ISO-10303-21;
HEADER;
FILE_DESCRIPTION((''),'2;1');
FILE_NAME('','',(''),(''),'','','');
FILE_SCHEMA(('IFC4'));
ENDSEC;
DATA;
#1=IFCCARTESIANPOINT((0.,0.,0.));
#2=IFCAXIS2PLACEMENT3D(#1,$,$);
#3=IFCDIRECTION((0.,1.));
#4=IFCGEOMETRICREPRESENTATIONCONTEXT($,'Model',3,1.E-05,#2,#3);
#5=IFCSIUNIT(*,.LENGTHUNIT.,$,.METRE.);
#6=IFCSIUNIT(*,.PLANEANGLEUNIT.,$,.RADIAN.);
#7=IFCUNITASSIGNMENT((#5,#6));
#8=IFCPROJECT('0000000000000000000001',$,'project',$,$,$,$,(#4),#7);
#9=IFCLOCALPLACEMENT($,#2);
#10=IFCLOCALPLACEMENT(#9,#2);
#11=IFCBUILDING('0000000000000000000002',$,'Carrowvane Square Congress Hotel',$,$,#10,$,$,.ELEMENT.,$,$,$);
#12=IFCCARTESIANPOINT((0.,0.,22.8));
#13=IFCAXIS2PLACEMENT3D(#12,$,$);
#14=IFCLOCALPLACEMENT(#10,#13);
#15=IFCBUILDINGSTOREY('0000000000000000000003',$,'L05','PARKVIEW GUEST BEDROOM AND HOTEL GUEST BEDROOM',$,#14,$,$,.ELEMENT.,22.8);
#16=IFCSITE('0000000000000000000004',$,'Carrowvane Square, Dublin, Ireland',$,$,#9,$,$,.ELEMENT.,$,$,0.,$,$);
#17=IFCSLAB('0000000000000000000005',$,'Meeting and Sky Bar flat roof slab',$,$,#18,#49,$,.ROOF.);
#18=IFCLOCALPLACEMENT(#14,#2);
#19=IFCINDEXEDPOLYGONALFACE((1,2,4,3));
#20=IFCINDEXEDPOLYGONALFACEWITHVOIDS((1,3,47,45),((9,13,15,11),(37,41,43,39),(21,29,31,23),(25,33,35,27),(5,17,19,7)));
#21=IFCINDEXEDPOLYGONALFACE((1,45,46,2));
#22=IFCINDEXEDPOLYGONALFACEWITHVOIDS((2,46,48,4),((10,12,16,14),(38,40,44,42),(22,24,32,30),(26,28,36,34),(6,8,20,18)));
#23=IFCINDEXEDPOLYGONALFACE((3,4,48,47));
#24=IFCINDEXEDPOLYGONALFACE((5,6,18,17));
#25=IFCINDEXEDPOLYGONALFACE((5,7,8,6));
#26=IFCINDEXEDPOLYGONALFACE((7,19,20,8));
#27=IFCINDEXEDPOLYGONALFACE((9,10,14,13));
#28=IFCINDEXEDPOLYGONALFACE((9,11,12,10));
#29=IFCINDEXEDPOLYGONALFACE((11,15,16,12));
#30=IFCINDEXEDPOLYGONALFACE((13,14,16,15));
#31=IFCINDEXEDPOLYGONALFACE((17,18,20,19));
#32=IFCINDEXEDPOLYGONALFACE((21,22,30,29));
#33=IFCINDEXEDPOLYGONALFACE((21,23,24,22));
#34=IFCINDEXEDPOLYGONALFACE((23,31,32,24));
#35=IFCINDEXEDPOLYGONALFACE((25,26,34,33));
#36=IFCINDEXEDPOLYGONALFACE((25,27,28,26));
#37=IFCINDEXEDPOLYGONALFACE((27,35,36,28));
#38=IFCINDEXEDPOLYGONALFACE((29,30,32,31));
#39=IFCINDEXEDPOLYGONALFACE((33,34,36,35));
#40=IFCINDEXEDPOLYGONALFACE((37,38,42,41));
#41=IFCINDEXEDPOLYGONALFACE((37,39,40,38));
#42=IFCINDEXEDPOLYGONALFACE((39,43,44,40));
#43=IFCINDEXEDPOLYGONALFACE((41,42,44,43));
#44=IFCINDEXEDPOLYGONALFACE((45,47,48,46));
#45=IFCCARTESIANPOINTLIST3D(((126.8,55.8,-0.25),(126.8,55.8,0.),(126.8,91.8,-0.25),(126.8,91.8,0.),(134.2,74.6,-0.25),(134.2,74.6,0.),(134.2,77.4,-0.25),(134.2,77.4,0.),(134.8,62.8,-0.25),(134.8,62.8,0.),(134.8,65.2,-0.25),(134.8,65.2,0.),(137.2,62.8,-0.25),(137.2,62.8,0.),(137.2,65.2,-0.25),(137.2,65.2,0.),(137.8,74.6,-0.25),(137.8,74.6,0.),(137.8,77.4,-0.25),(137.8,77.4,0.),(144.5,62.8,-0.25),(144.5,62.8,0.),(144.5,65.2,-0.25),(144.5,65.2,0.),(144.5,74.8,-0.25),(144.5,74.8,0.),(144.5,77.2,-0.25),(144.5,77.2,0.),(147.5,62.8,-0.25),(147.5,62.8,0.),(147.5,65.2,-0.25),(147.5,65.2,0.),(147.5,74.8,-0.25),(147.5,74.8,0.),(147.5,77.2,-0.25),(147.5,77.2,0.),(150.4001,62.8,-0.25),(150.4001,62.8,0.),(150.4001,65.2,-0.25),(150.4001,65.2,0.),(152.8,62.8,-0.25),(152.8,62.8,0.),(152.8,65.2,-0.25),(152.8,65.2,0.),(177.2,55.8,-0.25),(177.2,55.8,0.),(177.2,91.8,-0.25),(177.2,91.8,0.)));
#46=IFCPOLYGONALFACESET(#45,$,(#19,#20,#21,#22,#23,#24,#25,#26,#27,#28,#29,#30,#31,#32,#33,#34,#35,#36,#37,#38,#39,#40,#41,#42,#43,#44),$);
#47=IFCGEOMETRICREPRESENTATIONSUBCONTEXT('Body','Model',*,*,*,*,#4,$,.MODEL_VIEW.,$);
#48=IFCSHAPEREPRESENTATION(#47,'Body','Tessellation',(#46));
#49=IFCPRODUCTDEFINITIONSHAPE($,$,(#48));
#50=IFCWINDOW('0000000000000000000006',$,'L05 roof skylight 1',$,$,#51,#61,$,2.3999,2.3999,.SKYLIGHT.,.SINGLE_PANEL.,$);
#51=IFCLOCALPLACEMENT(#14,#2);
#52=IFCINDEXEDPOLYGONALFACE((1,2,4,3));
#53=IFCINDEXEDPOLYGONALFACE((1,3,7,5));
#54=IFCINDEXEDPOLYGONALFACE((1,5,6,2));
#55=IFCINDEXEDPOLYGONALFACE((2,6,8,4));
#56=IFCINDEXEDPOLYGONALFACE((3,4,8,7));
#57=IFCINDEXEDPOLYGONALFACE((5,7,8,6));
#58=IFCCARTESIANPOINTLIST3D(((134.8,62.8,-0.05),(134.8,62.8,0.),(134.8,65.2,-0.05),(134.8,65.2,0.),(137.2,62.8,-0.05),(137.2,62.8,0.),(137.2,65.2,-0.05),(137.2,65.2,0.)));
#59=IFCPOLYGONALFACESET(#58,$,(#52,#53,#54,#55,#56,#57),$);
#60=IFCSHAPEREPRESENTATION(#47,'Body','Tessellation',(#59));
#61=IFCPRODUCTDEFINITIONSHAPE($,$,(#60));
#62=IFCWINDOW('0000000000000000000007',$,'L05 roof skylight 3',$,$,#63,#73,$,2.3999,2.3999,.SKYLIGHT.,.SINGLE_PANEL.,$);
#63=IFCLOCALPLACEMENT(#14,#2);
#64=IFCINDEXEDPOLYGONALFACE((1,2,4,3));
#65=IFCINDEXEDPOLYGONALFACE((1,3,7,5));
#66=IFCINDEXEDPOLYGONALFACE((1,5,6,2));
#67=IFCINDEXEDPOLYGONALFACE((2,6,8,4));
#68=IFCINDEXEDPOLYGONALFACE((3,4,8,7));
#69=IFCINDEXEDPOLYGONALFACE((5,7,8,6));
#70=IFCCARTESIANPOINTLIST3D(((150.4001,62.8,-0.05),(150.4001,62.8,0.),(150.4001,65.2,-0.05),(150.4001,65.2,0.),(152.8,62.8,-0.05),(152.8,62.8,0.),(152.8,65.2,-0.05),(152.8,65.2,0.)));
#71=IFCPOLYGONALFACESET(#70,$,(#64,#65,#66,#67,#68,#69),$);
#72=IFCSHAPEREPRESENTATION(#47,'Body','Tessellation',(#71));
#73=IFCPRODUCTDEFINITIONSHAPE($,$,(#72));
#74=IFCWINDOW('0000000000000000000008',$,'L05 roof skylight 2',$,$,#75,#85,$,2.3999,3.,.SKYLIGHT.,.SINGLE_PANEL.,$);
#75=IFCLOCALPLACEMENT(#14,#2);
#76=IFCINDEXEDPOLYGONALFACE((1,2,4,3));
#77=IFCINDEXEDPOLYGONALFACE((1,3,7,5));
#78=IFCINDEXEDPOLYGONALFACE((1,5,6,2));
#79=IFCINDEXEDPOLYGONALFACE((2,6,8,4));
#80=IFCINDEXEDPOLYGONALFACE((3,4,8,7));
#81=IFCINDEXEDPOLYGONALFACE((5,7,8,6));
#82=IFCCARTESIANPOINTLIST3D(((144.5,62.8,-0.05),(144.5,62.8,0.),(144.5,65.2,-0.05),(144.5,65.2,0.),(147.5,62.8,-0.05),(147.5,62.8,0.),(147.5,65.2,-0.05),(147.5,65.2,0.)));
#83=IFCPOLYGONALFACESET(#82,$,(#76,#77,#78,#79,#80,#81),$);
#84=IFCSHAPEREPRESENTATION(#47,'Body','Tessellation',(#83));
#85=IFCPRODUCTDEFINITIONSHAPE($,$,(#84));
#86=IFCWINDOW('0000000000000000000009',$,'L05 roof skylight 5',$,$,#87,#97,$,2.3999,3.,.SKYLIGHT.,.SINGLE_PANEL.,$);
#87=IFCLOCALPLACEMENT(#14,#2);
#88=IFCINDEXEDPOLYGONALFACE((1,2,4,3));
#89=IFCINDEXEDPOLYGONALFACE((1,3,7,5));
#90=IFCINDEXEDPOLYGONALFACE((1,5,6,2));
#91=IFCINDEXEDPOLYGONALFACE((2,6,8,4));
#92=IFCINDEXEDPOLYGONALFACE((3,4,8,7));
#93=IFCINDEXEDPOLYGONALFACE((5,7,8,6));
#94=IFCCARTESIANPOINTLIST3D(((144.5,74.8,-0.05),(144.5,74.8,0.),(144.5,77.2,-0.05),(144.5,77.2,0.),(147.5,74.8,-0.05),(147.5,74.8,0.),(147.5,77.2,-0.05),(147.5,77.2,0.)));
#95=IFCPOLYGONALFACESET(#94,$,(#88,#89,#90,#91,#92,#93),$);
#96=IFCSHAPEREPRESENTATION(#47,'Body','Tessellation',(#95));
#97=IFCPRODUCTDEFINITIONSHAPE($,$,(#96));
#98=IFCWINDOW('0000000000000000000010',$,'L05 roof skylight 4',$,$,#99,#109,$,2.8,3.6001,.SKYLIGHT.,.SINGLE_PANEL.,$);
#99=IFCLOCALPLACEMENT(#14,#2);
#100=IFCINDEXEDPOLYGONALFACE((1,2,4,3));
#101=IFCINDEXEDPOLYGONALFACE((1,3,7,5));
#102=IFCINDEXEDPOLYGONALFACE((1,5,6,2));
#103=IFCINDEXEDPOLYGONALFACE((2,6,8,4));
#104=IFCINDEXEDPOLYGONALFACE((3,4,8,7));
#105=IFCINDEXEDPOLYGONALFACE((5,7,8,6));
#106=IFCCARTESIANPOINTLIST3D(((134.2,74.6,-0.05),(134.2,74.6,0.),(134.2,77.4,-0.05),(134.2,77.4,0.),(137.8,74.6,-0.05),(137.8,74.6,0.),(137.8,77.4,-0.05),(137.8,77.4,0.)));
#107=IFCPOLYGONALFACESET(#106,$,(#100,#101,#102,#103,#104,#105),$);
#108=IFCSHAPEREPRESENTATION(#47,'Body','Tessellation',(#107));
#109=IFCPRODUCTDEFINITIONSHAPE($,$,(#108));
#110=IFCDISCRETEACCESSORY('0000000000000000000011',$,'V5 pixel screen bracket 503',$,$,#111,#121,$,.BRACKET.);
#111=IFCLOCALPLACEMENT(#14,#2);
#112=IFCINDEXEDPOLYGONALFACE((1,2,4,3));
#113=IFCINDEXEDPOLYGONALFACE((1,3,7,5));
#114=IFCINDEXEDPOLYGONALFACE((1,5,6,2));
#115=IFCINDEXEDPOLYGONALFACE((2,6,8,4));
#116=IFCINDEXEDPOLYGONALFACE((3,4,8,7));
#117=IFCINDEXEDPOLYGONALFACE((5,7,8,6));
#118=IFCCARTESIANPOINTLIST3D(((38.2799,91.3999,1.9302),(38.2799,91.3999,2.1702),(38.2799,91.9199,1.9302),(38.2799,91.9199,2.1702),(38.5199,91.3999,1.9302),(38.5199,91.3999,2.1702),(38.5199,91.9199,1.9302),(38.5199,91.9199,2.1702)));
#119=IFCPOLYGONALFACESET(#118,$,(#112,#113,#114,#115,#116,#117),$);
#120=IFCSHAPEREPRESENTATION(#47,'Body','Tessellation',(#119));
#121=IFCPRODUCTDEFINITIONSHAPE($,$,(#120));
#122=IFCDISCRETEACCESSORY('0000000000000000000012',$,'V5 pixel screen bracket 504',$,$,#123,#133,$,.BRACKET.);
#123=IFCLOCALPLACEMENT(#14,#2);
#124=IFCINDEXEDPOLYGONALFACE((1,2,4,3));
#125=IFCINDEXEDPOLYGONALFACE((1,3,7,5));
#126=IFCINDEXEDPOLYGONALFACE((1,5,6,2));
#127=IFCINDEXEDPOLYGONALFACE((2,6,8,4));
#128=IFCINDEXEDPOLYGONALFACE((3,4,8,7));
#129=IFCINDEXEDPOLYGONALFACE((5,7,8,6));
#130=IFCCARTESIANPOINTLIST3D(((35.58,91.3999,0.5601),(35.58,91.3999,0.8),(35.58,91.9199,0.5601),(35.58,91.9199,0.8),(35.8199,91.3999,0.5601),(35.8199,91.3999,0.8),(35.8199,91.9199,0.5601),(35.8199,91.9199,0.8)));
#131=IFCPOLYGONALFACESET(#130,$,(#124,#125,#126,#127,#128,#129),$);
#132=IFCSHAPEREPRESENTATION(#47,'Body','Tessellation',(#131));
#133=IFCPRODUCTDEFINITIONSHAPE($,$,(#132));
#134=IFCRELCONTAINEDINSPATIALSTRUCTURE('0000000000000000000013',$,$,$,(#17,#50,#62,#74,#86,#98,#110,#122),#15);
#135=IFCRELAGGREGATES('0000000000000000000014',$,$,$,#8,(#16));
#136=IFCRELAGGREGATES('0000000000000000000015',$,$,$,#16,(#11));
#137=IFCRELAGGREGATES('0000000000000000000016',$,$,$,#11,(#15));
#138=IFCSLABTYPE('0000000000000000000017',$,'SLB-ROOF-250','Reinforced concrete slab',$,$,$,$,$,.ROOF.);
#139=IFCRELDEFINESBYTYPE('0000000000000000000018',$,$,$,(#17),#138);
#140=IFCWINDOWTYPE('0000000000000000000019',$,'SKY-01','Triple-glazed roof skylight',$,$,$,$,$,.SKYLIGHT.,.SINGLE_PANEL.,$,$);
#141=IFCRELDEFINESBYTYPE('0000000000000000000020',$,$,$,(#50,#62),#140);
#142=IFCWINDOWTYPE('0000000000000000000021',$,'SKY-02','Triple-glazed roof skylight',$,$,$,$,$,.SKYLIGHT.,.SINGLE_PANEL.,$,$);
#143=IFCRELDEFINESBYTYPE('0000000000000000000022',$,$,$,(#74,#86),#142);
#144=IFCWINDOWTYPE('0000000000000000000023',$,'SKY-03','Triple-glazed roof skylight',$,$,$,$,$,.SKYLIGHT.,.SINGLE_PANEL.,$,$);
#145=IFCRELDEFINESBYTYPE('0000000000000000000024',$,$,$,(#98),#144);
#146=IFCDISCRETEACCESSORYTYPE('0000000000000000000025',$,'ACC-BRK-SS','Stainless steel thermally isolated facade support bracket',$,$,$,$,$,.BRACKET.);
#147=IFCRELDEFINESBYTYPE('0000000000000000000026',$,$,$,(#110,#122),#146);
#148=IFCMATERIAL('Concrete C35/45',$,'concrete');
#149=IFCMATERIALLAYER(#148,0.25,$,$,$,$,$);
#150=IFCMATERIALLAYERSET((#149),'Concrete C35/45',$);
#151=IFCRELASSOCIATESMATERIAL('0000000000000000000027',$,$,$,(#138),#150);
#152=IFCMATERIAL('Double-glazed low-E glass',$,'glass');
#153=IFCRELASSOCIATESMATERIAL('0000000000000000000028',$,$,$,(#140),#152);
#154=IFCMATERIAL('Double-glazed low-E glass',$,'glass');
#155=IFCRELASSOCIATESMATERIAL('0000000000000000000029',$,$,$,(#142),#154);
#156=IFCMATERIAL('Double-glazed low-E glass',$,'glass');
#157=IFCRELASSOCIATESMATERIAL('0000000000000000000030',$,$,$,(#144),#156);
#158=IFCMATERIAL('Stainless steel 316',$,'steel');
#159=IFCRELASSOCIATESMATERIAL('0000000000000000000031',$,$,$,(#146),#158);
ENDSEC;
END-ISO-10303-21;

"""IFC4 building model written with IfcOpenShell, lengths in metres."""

from ifc_helpers import new_model, si_unit, direction, frame, origin, origin_2d, place, context, subcontext, project, spatial, polyline, rectangle, outline, extrude, material, layer, layer_set, type_object, element, fill, save


model = new_model("IFC4")

# Units and contexts
model_context = context("Model", 3, precision=1e-05, world=origin(), true_north=direction((0.0, 1.0)))
body_context = subcontext(model_context, "Body", "Model", "MODEL_VIEW")
ifc_project = project(units=[si_unit("LENGTHUNIT", "METRE"), si_unit("PLANEANGLEUNIT", "RADIAN")], contexts=[model_context])

# Site, building, storey
site_placement = place(None, origin())
site = spatial("IfcSite", under=ifc_project, at=site_placement, Name="Carrowvane Square, Dublin, Ireland", CompositionType="ELEMENT", RefElevation=0.0)
building_placement = place(site_placement, origin())
building = spatial("IfcBuilding", under=site, at=building_placement, Name="Carrowvane Square Congress Hotel", CompositionType="ELEMENT")
storey_placement = place(building_placement, frame((0.0, 0.0, 22.8)))
storey = spatial("IfcBuildingStorey", under=building, at=storey_placement, Name="L05", Description="PARKVIEW GUEST BEDROOM AND HOTEL GUEST BEDROOM", CompositionType="ELEMENT", Elevation=22.8)

# Slab, openings, windows
ifc_material_1 = material(Name="Concrete C35/45", Category="concrete")
ifc_layer_1 = layer(ifc_material_1, 0.25)
ifc_layer_set_1 = layer_set([ifc_layer_1], Name="Concrete C35/45")
slab_type_1 = type_object("IfcSlabType", Name="SLB-ROOF-250", Description="Reinforced concrete slab", PredefinedType="ROOF", material=ifc_layer_set_1)
slab_1_placement = place(storey_placement, frame((0.0, 0.0, -0.25)))
slab_1 = element("IfcSlab", 1, at=slab_1_placement, inside=storey, type_object=slab_type_1, Name="Meeting and Sky Bar flat roof slab", PredefinedType="ROOF", context=body_context, shape_type="SweptSolid", body=[
    extrude(outline(polyline([(126.8, 55.8), (177.2, 55.8), (177.2, 91.8), (126.8, 91.8), (126.8, 55.8)])), origin(), (0.0, 0.0, 1.0), 0.25),
])
opening_1_placement = place(slab_1_placement, frame((136.0, 64.0, 0.0)))
opening_1 = element("IfcOpeningElement", 2, at=opening_1_placement, cuts=slab_1, PredefinedType="OPENING", context=body_context, shape_type="SweptSolid", body=[
    extrude(rectangle(XDim=2.3999, YDim=2.3999, at=origin_2d()), origin(), (0.0, 0.0, 1.0), 0.25),
])
opening_2_placement = place(slab_1_placement, frame((146.0, 64.0, 0.0)))
opening_2 = element("IfcOpeningElement", 3, at=opening_2_placement, cuts=slab_1, PredefinedType="OPENING", context=body_context, shape_type="SweptSolid", body=[
    extrude(rectangle(XDim=3.0, YDim=2.3999, at=origin_2d()), origin(), (0.0, 0.0, 1.0), 0.25),
])
opening_3_placement = place(slab_1_placement, frame((151.6001, 64.0, 0.0)))
opening_3 = element("IfcOpeningElement", 4, at=opening_3_placement, cuts=slab_1, PredefinedType="OPENING", context=body_context, shape_type="SweptSolid", body=[
    extrude(rectangle(XDim=2.3999, YDim=2.3999, at=origin_2d()), origin(), (0.0, 0.0, 1.0), 0.25),
])
opening_4_placement = place(slab_1_placement, frame((136.0, 76.0, 0.0)))
opening_4 = element("IfcOpeningElement", 5, at=opening_4_placement, cuts=slab_1, PredefinedType="OPENING", context=body_context, shape_type="SweptSolid", body=[
    extrude(rectangle(XDim=3.6001, YDim=2.8, at=origin_2d()), origin(), (0.0, 0.0, 1.0), 0.25),
])
opening_5_placement = place(slab_1_placement, frame((146.0, 76.0, 0.0)))
opening_5 = element("IfcOpeningElement", 6, at=opening_5_placement, cuts=slab_1, PredefinedType="OPENING", context=body_context, shape_type="SweptSolid", body=[
    extrude(rectangle(XDim=3.0, YDim=2.3999, at=origin_2d()), origin(), (0.0, 0.0, 1.0), 0.25),
])
ifc_material_2 = material(Name="Double-glazed low-E glass", Category="glass")
window_type_1 = type_object("IfcWindowType", Name="SKY-01", Description="Triple-glazed roof skylight", PartitioningType="SINGLE_PANEL", PredefinedType="SKYLIGHT", material=ifc_material_2)
window_1_placement = place(opening_1_placement, frame((0.0, 0.0, 0.2)))
window_1 = element("IfcWindow", 7, at=window_1_placement, inside=storey, type_object=window_type_1, Name="L05 roof skylight 1", OverallHeight=2.3999, OverallWidth=2.3999, PartitioningType="SINGLE_PANEL", PredefinedType="SKYLIGHT", context=body_context, shape_type="SweptSolid", body=[
    extrude(rectangle(XDim=2.3999, YDim=2.3999, at=origin_2d()), origin(), (0.0, 0.0, 1.0), 0.05),
])
fill(opening_1, window_1)
window_2_placement = place(opening_3_placement, frame((0.0, 0.0, 0.2)))
window_2 = element("IfcWindow", 8, at=window_2_placement, inside=storey, type_object=window_type_1, Name="L05 roof skylight 3", OverallHeight=2.3999, OverallWidth=2.3999, PartitioningType="SINGLE_PANEL", PredefinedType="SKYLIGHT", context=body_context, shape_type="SweptSolid", body=[
    extrude(rectangle(XDim=2.3999, YDim=2.3999, at=origin_2d()), origin(), (0.0, 0.0, 1.0), 0.05),
])
fill(opening_3, window_2)
ifc_material_3 = material(Name="Double-glazed low-E glass", Category="glass")
window_type_2 = type_object("IfcWindowType", Name="SKY-02", Description="Triple-glazed roof skylight", PartitioningType="SINGLE_PANEL", PredefinedType="SKYLIGHT", material=ifc_material_3)
window_3_placement = place(opening_2_placement, frame((0.0, 0.0, 0.2)))
window_3 = element("IfcWindow", 9, at=window_3_placement, inside=storey, type_object=window_type_2, Name="L05 roof skylight 2", OverallHeight=2.3999, OverallWidth=3.0, PartitioningType="SINGLE_PANEL", PredefinedType="SKYLIGHT", context=body_context, shape_type="SweptSolid", body=[
    extrude(rectangle(XDim=3.0, YDim=2.3999, at=origin_2d()), origin(), (0.0, 0.0, 1.0), 0.05),
])
fill(opening_2, window_3)
window_4_placement = place(opening_5_placement, frame((0.0, 0.0, 0.2)))
window_4 = element("IfcWindow", 10, at=window_4_placement, inside=storey, type_object=window_type_2, Name="L05 roof skylight 5", OverallHeight=2.3999, OverallWidth=3.0, PartitioningType="SINGLE_PANEL", PredefinedType="SKYLIGHT", context=body_context, shape_type="SweptSolid", body=[
    extrude(rectangle(XDim=3.0, YDim=2.3999, at=origin_2d()), origin(), (0.0, 0.0, 1.0), 0.05),
])
fill(opening_5, window_4)
ifc_material_4 = material(Name="Double-glazed low-E glass", Category="glass")
window_type_3 = type_object("IfcWindowType", Name="SKY-03", Description="Triple-glazed roof skylight", PartitioningType="SINGLE_PANEL", PredefinedType="SKYLIGHT", material=ifc_material_4)
window_5_placement = place(opening_4_placement, frame((0.0, 0.0, 0.2)))
window_5 = element("IfcWindow", 11, at=window_5_placement, inside=storey, type_object=window_type_3, Name="L05 roof skylight 4", OverallHeight=2.8, OverallWidth=3.6001, PartitioningType="SINGLE_PANEL", PredefinedType="SKYLIGHT", context=body_context, shape_type="SweptSolid", body=[
    extrude(rectangle(XDim=3.6001, YDim=2.8, at=origin_2d()), origin(), (0.0, 0.0, 1.0), 0.05),
])
fill(opening_4, window_5)

# Discrete accessories
ifc_material_5 = material(Name="Stainless steel 316", Category="steel")
discrete_accessory_type = type_object("IfcDiscreteAccessoryType", Name="ACC-BRK-SS", Description="Stainless steel thermally isolated facade support bracket", PredefinedType="BRACKET", material=ifc_material_5)
for number, where, z_axis, x_axis, name in (
    (12, (38.3999, 91.6599, 1.9302), (0.0, 0.0, 1.0), (-1.0, 0.0, 0.0), "V5 pixel screen bracket 503"),
    (13, (35.7, 91.6599, 0.5601), (0.0, 0.0, 1.0), (-1.0, 0.0, 0.0), "V5 pixel screen bracket 504"),
):
    element("IfcDiscreteAccessory", number, at=place(storey_placement, frame(where, z_axis=z_axis, x_axis=x_axis)), inside=storey, type_object=discrete_accessory_type, Name=name, PredefinedType="BRACKET", context=body_context, shape_type="SweptSolid", body=[
        extrude(rectangle(XDim=0.24, YDim=0.52, at=origin_2d()), origin(), (0.0, 0.0, 1.0), 0.24),
    ])

save(model, "model.ifc")
